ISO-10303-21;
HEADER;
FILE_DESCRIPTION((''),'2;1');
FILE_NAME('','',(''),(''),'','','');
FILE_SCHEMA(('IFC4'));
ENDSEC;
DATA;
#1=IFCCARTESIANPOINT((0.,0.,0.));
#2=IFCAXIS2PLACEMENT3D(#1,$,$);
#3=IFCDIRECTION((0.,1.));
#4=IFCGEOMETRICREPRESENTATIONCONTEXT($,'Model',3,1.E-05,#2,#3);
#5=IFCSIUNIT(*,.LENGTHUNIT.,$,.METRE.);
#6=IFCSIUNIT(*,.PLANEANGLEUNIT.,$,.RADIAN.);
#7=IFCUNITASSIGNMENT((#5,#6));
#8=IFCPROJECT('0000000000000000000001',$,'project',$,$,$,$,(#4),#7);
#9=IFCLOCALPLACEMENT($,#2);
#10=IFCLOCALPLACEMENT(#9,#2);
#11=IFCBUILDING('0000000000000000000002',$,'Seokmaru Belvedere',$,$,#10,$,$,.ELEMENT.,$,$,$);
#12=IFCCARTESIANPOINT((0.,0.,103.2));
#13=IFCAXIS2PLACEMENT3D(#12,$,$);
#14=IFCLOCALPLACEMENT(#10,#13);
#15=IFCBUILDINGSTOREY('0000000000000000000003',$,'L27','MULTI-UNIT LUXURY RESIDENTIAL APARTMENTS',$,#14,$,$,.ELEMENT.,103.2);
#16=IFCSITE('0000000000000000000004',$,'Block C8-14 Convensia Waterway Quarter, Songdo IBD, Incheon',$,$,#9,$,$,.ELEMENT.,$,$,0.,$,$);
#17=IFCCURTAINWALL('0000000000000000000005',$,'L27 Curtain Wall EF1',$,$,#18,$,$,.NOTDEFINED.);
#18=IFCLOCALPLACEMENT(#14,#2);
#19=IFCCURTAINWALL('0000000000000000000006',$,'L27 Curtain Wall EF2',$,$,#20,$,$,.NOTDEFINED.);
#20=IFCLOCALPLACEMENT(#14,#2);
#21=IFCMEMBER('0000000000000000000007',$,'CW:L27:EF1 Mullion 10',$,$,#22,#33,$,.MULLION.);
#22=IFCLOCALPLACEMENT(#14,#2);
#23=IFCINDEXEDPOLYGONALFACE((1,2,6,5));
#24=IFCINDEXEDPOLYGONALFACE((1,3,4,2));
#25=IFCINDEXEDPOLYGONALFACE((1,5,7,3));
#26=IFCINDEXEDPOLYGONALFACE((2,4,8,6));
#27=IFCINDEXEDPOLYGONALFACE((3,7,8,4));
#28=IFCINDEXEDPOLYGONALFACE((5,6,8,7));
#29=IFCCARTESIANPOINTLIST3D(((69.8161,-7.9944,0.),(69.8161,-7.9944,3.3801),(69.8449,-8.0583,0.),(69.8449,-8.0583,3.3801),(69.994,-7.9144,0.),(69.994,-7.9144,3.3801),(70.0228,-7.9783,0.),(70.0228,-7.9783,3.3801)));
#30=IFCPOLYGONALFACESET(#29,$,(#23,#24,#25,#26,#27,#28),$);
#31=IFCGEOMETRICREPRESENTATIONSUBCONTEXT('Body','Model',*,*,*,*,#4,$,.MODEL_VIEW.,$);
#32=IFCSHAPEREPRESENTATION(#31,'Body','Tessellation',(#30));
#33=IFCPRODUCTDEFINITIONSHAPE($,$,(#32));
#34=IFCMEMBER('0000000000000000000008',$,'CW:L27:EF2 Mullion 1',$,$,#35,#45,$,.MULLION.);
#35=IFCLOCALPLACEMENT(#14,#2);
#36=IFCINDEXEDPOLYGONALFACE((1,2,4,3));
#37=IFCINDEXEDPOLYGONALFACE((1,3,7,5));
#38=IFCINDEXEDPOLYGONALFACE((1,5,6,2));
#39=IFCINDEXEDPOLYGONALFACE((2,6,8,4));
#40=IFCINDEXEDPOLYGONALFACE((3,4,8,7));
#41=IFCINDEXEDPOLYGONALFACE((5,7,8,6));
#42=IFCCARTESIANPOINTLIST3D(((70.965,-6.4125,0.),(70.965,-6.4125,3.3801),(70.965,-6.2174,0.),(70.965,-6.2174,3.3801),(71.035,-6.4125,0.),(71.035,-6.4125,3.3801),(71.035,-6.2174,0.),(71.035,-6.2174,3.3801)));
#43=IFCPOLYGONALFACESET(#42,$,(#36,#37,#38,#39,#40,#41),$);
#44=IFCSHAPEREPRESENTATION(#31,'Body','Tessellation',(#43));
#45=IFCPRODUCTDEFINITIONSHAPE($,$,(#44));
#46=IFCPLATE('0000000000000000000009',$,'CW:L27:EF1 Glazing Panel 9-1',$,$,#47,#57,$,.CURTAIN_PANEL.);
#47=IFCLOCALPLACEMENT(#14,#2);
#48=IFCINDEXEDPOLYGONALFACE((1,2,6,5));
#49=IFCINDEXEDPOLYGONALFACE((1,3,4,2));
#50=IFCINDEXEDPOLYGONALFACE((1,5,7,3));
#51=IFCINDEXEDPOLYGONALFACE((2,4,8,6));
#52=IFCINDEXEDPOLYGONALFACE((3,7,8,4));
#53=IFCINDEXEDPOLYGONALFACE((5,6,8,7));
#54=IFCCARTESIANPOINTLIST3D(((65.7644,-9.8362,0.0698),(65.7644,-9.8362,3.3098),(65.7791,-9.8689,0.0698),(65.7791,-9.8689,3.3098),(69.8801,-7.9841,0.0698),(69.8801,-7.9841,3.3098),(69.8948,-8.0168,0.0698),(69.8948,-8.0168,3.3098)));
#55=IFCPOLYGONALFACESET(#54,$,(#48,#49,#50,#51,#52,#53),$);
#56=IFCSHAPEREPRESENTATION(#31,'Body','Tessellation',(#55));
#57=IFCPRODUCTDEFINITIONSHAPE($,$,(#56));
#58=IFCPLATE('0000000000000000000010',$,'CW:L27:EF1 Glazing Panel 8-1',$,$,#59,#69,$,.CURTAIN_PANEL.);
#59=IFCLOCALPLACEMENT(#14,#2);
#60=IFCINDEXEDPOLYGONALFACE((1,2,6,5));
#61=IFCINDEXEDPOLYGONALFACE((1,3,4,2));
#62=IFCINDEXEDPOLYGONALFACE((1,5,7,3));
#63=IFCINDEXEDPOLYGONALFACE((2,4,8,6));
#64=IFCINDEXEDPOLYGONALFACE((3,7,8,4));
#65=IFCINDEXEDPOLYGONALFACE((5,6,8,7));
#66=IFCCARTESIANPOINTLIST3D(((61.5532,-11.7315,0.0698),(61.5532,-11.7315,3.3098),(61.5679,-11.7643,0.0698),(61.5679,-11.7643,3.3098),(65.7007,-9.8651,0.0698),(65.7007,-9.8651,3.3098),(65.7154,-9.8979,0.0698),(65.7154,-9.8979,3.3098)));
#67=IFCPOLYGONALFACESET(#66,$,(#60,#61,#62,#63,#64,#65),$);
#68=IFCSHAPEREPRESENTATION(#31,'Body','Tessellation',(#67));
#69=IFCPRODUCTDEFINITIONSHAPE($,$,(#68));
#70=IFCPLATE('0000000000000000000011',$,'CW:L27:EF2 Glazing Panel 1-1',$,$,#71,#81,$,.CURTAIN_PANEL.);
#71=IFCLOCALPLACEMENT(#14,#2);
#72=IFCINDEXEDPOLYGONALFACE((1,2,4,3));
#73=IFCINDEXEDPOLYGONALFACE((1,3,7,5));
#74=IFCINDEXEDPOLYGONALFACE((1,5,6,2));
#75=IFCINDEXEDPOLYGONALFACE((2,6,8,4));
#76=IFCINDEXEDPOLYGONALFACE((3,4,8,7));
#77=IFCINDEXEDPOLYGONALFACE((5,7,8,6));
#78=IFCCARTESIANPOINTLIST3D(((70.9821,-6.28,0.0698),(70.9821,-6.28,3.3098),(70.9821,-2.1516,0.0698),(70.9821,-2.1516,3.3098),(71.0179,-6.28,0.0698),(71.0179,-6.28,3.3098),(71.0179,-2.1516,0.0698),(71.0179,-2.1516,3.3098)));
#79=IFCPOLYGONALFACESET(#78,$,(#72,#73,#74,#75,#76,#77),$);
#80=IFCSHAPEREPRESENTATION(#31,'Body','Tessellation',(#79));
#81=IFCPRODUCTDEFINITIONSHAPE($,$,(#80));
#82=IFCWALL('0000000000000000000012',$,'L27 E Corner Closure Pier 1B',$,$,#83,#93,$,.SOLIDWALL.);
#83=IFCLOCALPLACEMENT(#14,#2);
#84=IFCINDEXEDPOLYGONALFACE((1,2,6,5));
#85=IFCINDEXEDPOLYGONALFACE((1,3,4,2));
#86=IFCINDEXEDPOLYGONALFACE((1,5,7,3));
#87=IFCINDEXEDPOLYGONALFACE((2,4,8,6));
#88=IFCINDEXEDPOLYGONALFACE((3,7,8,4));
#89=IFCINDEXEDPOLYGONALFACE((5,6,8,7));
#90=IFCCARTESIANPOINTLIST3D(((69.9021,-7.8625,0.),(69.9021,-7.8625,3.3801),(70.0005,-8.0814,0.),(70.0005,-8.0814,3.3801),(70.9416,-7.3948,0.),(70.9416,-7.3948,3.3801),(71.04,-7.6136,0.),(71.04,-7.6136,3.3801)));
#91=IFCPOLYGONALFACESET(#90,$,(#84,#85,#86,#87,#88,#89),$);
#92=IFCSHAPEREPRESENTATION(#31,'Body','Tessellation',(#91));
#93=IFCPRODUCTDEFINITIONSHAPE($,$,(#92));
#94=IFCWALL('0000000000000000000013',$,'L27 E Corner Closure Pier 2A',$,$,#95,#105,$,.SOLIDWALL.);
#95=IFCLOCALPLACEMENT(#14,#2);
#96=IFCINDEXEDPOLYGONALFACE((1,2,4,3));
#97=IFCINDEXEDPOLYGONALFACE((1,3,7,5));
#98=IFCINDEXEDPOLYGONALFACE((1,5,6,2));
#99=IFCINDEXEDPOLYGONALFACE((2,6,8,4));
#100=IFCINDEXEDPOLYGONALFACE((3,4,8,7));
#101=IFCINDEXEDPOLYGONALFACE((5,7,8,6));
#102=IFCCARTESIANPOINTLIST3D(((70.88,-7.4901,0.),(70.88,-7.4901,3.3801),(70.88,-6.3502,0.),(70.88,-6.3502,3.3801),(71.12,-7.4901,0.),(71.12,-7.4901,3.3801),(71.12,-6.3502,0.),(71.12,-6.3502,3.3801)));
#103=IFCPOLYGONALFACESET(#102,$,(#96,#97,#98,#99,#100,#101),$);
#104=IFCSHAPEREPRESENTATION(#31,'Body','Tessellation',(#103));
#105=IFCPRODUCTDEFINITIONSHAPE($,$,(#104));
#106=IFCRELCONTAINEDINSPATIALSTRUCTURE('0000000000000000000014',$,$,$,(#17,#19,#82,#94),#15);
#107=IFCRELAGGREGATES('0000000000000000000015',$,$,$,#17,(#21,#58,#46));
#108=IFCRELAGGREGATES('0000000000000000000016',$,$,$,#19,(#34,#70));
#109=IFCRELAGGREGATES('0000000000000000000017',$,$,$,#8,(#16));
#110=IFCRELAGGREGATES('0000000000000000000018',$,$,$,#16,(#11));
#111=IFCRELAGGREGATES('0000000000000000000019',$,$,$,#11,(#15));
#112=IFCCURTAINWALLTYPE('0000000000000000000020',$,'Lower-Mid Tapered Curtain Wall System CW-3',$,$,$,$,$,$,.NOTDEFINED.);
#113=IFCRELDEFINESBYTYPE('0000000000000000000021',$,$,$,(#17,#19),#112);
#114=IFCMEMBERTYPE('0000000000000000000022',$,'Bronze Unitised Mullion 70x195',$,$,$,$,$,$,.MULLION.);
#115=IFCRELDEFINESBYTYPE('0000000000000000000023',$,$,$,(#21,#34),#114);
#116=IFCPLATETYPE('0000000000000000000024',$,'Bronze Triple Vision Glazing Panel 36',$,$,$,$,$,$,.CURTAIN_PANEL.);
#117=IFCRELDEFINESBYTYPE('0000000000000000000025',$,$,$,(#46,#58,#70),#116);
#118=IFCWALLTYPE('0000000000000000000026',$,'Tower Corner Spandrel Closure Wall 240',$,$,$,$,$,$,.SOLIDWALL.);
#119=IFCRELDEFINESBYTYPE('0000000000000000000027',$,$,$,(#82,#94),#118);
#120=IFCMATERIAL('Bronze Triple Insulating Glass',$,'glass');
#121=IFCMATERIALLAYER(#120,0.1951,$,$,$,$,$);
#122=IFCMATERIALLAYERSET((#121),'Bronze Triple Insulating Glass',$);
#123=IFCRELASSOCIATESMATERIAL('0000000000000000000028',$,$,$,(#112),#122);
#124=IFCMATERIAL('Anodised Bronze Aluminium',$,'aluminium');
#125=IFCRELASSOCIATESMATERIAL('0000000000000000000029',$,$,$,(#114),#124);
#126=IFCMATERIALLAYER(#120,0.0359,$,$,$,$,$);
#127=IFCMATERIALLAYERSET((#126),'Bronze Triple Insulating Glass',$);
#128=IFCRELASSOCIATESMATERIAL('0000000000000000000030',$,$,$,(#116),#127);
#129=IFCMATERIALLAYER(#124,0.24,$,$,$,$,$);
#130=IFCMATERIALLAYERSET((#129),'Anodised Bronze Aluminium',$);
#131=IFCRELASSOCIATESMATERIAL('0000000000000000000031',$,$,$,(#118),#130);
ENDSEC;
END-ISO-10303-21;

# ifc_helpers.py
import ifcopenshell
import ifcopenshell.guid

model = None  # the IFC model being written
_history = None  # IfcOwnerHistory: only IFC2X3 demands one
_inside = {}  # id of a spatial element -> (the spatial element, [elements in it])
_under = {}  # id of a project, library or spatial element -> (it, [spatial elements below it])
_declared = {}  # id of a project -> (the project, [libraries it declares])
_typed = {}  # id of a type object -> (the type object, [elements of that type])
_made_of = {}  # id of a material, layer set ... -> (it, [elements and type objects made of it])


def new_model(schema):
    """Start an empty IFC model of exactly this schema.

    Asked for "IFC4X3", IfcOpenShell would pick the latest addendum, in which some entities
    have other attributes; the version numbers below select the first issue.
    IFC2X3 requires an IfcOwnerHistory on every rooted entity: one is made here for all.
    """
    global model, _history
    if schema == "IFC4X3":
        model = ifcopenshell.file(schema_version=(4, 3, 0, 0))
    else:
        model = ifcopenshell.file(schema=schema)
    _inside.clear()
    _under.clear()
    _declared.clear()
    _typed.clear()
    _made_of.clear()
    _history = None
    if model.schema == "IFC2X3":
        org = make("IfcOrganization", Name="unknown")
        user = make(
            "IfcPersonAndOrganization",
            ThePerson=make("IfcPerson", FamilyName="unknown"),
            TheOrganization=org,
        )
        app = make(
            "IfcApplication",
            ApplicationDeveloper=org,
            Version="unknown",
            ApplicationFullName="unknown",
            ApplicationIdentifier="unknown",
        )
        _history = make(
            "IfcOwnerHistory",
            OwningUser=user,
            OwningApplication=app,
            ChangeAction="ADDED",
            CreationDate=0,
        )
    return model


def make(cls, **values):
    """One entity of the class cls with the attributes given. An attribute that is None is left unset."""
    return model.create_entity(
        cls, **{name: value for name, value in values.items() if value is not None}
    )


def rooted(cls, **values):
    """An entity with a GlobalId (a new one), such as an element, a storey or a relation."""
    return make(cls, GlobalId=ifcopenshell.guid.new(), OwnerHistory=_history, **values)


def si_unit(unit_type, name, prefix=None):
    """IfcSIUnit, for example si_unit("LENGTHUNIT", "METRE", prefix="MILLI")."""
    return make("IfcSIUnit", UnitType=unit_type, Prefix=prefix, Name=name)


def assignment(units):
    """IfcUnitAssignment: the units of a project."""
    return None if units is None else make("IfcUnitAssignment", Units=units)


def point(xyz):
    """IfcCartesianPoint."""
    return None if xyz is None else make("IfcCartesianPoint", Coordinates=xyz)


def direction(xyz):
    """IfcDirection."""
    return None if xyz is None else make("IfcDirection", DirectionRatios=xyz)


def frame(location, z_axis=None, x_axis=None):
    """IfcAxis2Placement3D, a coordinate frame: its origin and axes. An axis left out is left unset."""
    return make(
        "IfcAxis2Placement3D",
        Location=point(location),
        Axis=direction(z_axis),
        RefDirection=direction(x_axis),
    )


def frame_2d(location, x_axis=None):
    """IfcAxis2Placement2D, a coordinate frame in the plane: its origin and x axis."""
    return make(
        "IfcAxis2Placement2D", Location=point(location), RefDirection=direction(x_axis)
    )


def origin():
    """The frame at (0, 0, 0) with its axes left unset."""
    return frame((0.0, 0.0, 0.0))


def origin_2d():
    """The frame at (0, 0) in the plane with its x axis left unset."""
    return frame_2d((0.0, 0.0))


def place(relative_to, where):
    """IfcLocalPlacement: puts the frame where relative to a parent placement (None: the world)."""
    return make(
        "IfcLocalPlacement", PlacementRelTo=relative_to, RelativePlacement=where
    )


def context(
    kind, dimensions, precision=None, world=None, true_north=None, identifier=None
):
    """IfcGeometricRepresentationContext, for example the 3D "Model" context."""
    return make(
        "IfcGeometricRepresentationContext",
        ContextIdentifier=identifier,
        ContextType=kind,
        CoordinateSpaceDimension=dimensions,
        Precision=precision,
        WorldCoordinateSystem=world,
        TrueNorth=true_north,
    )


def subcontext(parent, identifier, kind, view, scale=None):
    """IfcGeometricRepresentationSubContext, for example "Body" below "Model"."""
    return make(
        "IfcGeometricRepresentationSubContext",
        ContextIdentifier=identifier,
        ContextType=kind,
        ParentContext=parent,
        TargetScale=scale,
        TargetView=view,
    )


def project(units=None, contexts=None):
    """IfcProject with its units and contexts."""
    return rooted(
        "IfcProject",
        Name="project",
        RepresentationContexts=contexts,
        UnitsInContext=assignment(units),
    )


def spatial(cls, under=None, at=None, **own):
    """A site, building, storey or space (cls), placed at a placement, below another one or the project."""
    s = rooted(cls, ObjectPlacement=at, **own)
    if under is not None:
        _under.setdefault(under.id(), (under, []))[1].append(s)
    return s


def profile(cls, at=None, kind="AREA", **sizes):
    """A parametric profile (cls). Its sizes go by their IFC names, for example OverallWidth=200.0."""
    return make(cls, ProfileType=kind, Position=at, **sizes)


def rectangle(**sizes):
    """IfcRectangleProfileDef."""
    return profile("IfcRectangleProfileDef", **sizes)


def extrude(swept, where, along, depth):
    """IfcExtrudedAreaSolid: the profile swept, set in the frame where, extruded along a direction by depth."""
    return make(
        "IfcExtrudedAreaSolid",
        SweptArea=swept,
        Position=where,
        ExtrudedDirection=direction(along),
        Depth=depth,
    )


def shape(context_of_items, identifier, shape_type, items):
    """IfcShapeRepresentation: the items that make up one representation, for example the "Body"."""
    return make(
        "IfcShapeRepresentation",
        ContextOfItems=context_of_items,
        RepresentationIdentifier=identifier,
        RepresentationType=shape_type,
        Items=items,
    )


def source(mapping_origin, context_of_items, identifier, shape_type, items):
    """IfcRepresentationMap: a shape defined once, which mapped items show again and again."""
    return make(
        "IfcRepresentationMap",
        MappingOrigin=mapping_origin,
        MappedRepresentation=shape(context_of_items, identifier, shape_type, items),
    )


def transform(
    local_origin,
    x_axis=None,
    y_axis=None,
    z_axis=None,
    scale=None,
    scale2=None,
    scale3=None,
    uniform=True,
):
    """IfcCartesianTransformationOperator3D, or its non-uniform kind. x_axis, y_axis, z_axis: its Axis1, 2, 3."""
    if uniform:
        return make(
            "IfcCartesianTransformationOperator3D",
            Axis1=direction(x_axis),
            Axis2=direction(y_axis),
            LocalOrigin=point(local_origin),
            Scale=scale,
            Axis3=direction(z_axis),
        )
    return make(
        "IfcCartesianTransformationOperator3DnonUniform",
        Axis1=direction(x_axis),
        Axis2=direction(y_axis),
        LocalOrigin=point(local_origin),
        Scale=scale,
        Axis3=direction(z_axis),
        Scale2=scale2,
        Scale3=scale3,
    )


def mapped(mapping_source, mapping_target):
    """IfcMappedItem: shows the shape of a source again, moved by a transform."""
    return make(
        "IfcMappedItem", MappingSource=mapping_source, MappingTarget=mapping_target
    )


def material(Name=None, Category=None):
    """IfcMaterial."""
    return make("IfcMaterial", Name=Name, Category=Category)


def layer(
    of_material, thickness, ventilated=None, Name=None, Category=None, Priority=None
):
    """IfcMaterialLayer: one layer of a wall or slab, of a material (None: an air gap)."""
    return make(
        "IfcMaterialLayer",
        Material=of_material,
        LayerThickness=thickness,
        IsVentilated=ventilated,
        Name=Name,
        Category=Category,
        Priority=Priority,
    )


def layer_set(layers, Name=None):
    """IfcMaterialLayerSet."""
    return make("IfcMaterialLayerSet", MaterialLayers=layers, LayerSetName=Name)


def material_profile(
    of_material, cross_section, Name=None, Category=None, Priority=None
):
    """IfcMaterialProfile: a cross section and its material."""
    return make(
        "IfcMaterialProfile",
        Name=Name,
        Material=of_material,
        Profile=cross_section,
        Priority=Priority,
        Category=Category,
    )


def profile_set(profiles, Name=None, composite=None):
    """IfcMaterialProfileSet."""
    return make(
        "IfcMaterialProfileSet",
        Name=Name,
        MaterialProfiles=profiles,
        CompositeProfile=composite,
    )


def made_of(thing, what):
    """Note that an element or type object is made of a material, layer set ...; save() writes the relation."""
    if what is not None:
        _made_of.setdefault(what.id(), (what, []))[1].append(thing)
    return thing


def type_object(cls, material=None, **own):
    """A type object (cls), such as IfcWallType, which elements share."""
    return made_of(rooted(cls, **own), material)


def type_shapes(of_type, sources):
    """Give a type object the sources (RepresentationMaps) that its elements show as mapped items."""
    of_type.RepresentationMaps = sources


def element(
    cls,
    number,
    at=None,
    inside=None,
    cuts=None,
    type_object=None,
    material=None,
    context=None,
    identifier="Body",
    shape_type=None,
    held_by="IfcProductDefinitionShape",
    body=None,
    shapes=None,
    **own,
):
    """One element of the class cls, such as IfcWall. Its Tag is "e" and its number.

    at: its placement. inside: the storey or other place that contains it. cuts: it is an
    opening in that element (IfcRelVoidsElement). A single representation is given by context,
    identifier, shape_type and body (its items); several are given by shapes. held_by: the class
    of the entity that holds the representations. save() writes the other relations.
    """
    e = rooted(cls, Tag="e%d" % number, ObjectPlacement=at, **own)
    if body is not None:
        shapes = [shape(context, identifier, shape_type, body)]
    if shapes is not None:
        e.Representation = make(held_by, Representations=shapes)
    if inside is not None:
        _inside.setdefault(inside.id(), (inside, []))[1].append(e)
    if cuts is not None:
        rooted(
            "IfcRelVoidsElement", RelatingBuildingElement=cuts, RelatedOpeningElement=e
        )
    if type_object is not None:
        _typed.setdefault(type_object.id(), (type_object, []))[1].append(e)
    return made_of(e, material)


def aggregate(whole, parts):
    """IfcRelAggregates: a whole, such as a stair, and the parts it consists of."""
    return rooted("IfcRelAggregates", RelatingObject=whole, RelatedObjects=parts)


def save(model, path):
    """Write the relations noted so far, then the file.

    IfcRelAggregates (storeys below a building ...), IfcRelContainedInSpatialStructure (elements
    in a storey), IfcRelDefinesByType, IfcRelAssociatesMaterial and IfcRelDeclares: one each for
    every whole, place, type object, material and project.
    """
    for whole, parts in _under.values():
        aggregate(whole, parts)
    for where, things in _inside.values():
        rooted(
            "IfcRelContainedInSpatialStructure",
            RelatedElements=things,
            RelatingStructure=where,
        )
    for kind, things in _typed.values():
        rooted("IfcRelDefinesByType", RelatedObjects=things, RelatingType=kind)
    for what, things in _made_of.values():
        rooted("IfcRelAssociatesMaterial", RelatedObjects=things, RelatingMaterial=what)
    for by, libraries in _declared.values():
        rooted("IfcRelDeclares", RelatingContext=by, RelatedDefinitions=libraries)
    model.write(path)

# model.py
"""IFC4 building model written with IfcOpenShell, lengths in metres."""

from ifc_helpers import new_model, si_unit, direction, frame, frame_2d, origin, origin_2d, place, context, subcontext, project, spatial, rectangle, extrude, source, transform, mapped, material, layer, layer_set, material_profile, profile_set, type_object, type_shapes, element, aggregate, save


model = new_model("IFC4")

# Units and contexts
model_context = context("Model", 3, precision=1e-05, world=origin(), true_north=direction((0.0, 1.0)))
body_context = subcontext(model_context, "Body", "Model", "MODEL_VIEW")
ifc_project = project(units=[si_unit("LENGTHUNIT", "METRE"), si_unit("PLANEANGLEUNIT", "RADIAN")], contexts=[model_context])

# Site, building, storey
site_placement = place(None, origin())
site = spatial("IfcSite", under=ifc_project, at=site_placement, Name="Block C8-14 Convensia Waterway Quarter, Songdo IBD, Incheon", CompositionType="ELEMENT", RefElevation=0.0)
building_placement = place(site_placement, origin())
building = spatial("IfcBuilding", under=site, at=building_placement, Name="Seokmaru Belvedere", CompositionType="ELEMENT")
storey_placement = place(building_placement, frame((0.0, 0.0, 103.2)))
storey = spatial("IfcBuildingStorey", under=building, at=storey_placement, Name="L27", Description="MULTI-UNIT LUXURY RESIDENTIAL APARTMENTS", CompositionType="ELEMENT", Elevation=103.2)

# Curtain walls
ifc_material_1 = material(Name="Bronze Triple Insulating Glass", Category="glass")
ifc_layer_1 = layer(ifc_material_1, 0.1951)
ifc_layer_set_1 = layer_set([ifc_layer_1], Name="Bronze Triple Insulating Glass")
curtain_wall_type = type_object("IfcCurtainWallType", Name="Lower-Mid Tapered Curtain Wall System CW-3", PredefinedType="NOTDEFINED", material=ifc_layer_set_1)
curtain_wall_1_placement = place(storey_placement, origin())
curtain_wall_1 = element("IfcCurtainWall", 1, at=curtain_wall_1_placement, inside=storey, type_object=curtain_wall_type, Name="L27 Curtain Wall EF1", PredefinedType="NOTDEFINED")
ifc_material_2 = material(Name="Anodised Bronze Aluminium", Category="aluminium")
ifc_material_profile_1 = material_profile(ifc_material_2, rectangle(XDim=0.0701, YDim=0.1951, at=origin_2d()), Name="CW-M-70x195")
ifc_profile_set_1 = profile_set([ifc_material_profile_1], Name="Anodised Bronze Aluminium")
member_type_1 = type_object("IfcMemberType", Name="Bronze Unitised Mullion 70x195", PredefinedType="MULLION", material=ifc_profile_set_1)
curtain_wall_2_placement = place(storey_placement, origin())
curtain_wall_2 = element("IfcCurtainWall", 2, at=curtain_wall_2_placement, inside=storey, type_object=curtain_wall_type, Name="L27 Curtain Wall EF2", PredefinedType="NOTDEFINED")

# Members
shared_shape_1 = source(origin(), body_context, "Body", "SweptSolid", [
    extrude(rectangle(XDim=0.0701, YDim=0.1951, at=origin_2d()), origin(), (0.0, 0.0, 1.0), 3.3801),
])
member_1_placement = place(storey_placement, frame((69.9194, -7.9863, 0.0), z_axis=(0.0, 0.0, 1.0), x_axis=(-0.410366, 0.911921, 0.0)))
member_1 = element("IfcMember", 3, at=member_1_placement, type_object=member_type_1, Name="CW:L27:EF1 Mullion 10", PredefinedType="MULLION", context=body_context, shape_type="MappedRepresentation", body=[
    mapped(shared_shape_1, transform((0.0, 0.0, 0.0), scale=1.0)),
])
member_2_placement = place(storey_placement, frame((71.0, -6.3149, 0.0), z_axis=(0.0, 0.0, 1.0), x_axis=(-1.0, 0.0, 0.0)))
member_2 = element("IfcMember", 4, at=member_2_placement, type_object=member_type_1, Name="CW:L27:EF2 Mullion 1", PredefinedType="MULLION", context=body_context, shape_type="MappedRepresentation", body=[
    mapped(shared_shape_1, transform((0.0, 0.0, 0.0), scale=1.0)),
])

# Plates
ifc_layer_2 = layer(ifc_material_1, 0.0359)
ifc_layer_set_2 = layer_set([ifc_layer_2], Name="Bronze Triple Insulating Glass")
plate_type = type_object("IfcPlateType", Name="Bronze Triple Vision Glazing Panel 36", PredefinedType="CURTAIN_PANEL", material=ifc_layer_set_2)
shared_shape_2 = source(origin(), body_context, "Body", "SweptSolid", [
    extrude(rectangle(XDim=4.5132, YDim=0.0359, at=origin_2d()), origin(), (0.0, 0.0, 1.0), 3.24),
])
plate_1_placement = place(storey_placement, frame((67.8296, -8.9265, 0.0698), z_axis=(0.0, 0.0, 1.0), x_axis=(0.911921, 0.410366, 0.0)))
plate_1 = element("IfcPlate", 5, at=plate_1_placement, type_object=plate_type, Name="CW:L27:EF1 Glazing Panel 9-1", PredefinedType="CURTAIN_PANEL", context=body_context, shape_type="MappedRepresentation", body=[
    mapped(shared_shape_2, transform((0.0, 0.0, 0.0), scale=1.0)),
])
shared_shape_3 = source(origin(), body_context, "Body", "SweptSolid", [
    extrude(rectangle(XDim=4.5481, YDim=0.0359, at=origin_2d()), origin(), (0.0, 0.0, 1.0), 3.24),
])
plate_2_placement = place(storey_placement, frame((63.6343, -10.8147, 0.0698), z_axis=(0.0, 0.0, 1.0), x_axis=(0.911921, 0.410366, 0.0)))
plate_2 = element("IfcPlate", 6, at=plate_2_placement, type_object=plate_type, Name="CW:L27:EF1 Glazing Panel 8-1", PredefinedType="CURTAIN_PANEL", context=body_context, shape_type="MappedRepresentation", body=[
    mapped(shared_shape_3, transform((0.0, 0.0, 0.0), scale=1.0)),
])
aggregate(curtain_wall_1, [member_1, plate_2, plate_1])
shared_shape_4 = source(origin(), body_context, "Body", "SweptSolid", [
    extrude(rectangle(XDim=4.1284, YDim=0.0359, at=origin_2d()), origin(), (0.0, 0.0, 1.0), 3.24),
])
type_shapes(plate_type, [shared_shape_2, shared_shape_3, shared_shape_4])
plate_3_placement = place(storey_placement, frame((71.0, -4.2158, 0.0698), z_axis=(0.0, 0.0, 1.0), x_axis=(0.0, 1.0, 0.0)))
plate_3 = element("IfcPlate", 7, at=plate_3_placement, type_object=plate_type, Name="CW:L27:EF2 Glazing Panel 1-1", PredefinedType="CURTAIN_PANEL", context=body_context, shape_type="MappedRepresentation", body=[
    mapped(shared_shape_4, transform((0.0, 0.0, 0.0), scale=1.0)),
])
aggregate(curtain_wall_2, [member_2, plate_3])

# Walls
ifc_layer_3 = layer(ifc_material_2, 0.24)
ifc_layer_set_3 = layer_set([ifc_layer_3], Name="Anodised Bronze Aluminium")
wall_type = type_object("IfcWallType", Name="Tower Corner Spandrel Closure Wall 240", PredefinedType="SOLIDWALL", material=ifc_layer_set_3)
for number, where, z_axis, x_axis, name in (
    (8, (69.9514, -7.9719, 0.0), (0.0, 0.0, 1.0), (0.91193, 0.410347, 0.0), "L27 E Corner Closure Pier 1B"),
    (9, (71.0, -7.49, 0.0), (0.0, 0.0, 1.0), (0.0, 1.0, 0.0), "L27 E Corner Closure Pier 2A"),
):
    element("IfcWall", number, at=place(storey_placement, frame(where, z_axis=z_axis, x_axis=x_axis)), inside=storey, type_object=wall_type, Name=name, PredefinedType="SOLIDWALL", context=body_context, shape_type="SweptSolid", body=[
        extrude(rectangle(XDim=1.1399, YDim=0.24, at=frame_2d((0.5698, 0.0))), origin(), (0.0, 0.0, 1.0), 3.3801),
    ])

save(model, "model.ifc")
